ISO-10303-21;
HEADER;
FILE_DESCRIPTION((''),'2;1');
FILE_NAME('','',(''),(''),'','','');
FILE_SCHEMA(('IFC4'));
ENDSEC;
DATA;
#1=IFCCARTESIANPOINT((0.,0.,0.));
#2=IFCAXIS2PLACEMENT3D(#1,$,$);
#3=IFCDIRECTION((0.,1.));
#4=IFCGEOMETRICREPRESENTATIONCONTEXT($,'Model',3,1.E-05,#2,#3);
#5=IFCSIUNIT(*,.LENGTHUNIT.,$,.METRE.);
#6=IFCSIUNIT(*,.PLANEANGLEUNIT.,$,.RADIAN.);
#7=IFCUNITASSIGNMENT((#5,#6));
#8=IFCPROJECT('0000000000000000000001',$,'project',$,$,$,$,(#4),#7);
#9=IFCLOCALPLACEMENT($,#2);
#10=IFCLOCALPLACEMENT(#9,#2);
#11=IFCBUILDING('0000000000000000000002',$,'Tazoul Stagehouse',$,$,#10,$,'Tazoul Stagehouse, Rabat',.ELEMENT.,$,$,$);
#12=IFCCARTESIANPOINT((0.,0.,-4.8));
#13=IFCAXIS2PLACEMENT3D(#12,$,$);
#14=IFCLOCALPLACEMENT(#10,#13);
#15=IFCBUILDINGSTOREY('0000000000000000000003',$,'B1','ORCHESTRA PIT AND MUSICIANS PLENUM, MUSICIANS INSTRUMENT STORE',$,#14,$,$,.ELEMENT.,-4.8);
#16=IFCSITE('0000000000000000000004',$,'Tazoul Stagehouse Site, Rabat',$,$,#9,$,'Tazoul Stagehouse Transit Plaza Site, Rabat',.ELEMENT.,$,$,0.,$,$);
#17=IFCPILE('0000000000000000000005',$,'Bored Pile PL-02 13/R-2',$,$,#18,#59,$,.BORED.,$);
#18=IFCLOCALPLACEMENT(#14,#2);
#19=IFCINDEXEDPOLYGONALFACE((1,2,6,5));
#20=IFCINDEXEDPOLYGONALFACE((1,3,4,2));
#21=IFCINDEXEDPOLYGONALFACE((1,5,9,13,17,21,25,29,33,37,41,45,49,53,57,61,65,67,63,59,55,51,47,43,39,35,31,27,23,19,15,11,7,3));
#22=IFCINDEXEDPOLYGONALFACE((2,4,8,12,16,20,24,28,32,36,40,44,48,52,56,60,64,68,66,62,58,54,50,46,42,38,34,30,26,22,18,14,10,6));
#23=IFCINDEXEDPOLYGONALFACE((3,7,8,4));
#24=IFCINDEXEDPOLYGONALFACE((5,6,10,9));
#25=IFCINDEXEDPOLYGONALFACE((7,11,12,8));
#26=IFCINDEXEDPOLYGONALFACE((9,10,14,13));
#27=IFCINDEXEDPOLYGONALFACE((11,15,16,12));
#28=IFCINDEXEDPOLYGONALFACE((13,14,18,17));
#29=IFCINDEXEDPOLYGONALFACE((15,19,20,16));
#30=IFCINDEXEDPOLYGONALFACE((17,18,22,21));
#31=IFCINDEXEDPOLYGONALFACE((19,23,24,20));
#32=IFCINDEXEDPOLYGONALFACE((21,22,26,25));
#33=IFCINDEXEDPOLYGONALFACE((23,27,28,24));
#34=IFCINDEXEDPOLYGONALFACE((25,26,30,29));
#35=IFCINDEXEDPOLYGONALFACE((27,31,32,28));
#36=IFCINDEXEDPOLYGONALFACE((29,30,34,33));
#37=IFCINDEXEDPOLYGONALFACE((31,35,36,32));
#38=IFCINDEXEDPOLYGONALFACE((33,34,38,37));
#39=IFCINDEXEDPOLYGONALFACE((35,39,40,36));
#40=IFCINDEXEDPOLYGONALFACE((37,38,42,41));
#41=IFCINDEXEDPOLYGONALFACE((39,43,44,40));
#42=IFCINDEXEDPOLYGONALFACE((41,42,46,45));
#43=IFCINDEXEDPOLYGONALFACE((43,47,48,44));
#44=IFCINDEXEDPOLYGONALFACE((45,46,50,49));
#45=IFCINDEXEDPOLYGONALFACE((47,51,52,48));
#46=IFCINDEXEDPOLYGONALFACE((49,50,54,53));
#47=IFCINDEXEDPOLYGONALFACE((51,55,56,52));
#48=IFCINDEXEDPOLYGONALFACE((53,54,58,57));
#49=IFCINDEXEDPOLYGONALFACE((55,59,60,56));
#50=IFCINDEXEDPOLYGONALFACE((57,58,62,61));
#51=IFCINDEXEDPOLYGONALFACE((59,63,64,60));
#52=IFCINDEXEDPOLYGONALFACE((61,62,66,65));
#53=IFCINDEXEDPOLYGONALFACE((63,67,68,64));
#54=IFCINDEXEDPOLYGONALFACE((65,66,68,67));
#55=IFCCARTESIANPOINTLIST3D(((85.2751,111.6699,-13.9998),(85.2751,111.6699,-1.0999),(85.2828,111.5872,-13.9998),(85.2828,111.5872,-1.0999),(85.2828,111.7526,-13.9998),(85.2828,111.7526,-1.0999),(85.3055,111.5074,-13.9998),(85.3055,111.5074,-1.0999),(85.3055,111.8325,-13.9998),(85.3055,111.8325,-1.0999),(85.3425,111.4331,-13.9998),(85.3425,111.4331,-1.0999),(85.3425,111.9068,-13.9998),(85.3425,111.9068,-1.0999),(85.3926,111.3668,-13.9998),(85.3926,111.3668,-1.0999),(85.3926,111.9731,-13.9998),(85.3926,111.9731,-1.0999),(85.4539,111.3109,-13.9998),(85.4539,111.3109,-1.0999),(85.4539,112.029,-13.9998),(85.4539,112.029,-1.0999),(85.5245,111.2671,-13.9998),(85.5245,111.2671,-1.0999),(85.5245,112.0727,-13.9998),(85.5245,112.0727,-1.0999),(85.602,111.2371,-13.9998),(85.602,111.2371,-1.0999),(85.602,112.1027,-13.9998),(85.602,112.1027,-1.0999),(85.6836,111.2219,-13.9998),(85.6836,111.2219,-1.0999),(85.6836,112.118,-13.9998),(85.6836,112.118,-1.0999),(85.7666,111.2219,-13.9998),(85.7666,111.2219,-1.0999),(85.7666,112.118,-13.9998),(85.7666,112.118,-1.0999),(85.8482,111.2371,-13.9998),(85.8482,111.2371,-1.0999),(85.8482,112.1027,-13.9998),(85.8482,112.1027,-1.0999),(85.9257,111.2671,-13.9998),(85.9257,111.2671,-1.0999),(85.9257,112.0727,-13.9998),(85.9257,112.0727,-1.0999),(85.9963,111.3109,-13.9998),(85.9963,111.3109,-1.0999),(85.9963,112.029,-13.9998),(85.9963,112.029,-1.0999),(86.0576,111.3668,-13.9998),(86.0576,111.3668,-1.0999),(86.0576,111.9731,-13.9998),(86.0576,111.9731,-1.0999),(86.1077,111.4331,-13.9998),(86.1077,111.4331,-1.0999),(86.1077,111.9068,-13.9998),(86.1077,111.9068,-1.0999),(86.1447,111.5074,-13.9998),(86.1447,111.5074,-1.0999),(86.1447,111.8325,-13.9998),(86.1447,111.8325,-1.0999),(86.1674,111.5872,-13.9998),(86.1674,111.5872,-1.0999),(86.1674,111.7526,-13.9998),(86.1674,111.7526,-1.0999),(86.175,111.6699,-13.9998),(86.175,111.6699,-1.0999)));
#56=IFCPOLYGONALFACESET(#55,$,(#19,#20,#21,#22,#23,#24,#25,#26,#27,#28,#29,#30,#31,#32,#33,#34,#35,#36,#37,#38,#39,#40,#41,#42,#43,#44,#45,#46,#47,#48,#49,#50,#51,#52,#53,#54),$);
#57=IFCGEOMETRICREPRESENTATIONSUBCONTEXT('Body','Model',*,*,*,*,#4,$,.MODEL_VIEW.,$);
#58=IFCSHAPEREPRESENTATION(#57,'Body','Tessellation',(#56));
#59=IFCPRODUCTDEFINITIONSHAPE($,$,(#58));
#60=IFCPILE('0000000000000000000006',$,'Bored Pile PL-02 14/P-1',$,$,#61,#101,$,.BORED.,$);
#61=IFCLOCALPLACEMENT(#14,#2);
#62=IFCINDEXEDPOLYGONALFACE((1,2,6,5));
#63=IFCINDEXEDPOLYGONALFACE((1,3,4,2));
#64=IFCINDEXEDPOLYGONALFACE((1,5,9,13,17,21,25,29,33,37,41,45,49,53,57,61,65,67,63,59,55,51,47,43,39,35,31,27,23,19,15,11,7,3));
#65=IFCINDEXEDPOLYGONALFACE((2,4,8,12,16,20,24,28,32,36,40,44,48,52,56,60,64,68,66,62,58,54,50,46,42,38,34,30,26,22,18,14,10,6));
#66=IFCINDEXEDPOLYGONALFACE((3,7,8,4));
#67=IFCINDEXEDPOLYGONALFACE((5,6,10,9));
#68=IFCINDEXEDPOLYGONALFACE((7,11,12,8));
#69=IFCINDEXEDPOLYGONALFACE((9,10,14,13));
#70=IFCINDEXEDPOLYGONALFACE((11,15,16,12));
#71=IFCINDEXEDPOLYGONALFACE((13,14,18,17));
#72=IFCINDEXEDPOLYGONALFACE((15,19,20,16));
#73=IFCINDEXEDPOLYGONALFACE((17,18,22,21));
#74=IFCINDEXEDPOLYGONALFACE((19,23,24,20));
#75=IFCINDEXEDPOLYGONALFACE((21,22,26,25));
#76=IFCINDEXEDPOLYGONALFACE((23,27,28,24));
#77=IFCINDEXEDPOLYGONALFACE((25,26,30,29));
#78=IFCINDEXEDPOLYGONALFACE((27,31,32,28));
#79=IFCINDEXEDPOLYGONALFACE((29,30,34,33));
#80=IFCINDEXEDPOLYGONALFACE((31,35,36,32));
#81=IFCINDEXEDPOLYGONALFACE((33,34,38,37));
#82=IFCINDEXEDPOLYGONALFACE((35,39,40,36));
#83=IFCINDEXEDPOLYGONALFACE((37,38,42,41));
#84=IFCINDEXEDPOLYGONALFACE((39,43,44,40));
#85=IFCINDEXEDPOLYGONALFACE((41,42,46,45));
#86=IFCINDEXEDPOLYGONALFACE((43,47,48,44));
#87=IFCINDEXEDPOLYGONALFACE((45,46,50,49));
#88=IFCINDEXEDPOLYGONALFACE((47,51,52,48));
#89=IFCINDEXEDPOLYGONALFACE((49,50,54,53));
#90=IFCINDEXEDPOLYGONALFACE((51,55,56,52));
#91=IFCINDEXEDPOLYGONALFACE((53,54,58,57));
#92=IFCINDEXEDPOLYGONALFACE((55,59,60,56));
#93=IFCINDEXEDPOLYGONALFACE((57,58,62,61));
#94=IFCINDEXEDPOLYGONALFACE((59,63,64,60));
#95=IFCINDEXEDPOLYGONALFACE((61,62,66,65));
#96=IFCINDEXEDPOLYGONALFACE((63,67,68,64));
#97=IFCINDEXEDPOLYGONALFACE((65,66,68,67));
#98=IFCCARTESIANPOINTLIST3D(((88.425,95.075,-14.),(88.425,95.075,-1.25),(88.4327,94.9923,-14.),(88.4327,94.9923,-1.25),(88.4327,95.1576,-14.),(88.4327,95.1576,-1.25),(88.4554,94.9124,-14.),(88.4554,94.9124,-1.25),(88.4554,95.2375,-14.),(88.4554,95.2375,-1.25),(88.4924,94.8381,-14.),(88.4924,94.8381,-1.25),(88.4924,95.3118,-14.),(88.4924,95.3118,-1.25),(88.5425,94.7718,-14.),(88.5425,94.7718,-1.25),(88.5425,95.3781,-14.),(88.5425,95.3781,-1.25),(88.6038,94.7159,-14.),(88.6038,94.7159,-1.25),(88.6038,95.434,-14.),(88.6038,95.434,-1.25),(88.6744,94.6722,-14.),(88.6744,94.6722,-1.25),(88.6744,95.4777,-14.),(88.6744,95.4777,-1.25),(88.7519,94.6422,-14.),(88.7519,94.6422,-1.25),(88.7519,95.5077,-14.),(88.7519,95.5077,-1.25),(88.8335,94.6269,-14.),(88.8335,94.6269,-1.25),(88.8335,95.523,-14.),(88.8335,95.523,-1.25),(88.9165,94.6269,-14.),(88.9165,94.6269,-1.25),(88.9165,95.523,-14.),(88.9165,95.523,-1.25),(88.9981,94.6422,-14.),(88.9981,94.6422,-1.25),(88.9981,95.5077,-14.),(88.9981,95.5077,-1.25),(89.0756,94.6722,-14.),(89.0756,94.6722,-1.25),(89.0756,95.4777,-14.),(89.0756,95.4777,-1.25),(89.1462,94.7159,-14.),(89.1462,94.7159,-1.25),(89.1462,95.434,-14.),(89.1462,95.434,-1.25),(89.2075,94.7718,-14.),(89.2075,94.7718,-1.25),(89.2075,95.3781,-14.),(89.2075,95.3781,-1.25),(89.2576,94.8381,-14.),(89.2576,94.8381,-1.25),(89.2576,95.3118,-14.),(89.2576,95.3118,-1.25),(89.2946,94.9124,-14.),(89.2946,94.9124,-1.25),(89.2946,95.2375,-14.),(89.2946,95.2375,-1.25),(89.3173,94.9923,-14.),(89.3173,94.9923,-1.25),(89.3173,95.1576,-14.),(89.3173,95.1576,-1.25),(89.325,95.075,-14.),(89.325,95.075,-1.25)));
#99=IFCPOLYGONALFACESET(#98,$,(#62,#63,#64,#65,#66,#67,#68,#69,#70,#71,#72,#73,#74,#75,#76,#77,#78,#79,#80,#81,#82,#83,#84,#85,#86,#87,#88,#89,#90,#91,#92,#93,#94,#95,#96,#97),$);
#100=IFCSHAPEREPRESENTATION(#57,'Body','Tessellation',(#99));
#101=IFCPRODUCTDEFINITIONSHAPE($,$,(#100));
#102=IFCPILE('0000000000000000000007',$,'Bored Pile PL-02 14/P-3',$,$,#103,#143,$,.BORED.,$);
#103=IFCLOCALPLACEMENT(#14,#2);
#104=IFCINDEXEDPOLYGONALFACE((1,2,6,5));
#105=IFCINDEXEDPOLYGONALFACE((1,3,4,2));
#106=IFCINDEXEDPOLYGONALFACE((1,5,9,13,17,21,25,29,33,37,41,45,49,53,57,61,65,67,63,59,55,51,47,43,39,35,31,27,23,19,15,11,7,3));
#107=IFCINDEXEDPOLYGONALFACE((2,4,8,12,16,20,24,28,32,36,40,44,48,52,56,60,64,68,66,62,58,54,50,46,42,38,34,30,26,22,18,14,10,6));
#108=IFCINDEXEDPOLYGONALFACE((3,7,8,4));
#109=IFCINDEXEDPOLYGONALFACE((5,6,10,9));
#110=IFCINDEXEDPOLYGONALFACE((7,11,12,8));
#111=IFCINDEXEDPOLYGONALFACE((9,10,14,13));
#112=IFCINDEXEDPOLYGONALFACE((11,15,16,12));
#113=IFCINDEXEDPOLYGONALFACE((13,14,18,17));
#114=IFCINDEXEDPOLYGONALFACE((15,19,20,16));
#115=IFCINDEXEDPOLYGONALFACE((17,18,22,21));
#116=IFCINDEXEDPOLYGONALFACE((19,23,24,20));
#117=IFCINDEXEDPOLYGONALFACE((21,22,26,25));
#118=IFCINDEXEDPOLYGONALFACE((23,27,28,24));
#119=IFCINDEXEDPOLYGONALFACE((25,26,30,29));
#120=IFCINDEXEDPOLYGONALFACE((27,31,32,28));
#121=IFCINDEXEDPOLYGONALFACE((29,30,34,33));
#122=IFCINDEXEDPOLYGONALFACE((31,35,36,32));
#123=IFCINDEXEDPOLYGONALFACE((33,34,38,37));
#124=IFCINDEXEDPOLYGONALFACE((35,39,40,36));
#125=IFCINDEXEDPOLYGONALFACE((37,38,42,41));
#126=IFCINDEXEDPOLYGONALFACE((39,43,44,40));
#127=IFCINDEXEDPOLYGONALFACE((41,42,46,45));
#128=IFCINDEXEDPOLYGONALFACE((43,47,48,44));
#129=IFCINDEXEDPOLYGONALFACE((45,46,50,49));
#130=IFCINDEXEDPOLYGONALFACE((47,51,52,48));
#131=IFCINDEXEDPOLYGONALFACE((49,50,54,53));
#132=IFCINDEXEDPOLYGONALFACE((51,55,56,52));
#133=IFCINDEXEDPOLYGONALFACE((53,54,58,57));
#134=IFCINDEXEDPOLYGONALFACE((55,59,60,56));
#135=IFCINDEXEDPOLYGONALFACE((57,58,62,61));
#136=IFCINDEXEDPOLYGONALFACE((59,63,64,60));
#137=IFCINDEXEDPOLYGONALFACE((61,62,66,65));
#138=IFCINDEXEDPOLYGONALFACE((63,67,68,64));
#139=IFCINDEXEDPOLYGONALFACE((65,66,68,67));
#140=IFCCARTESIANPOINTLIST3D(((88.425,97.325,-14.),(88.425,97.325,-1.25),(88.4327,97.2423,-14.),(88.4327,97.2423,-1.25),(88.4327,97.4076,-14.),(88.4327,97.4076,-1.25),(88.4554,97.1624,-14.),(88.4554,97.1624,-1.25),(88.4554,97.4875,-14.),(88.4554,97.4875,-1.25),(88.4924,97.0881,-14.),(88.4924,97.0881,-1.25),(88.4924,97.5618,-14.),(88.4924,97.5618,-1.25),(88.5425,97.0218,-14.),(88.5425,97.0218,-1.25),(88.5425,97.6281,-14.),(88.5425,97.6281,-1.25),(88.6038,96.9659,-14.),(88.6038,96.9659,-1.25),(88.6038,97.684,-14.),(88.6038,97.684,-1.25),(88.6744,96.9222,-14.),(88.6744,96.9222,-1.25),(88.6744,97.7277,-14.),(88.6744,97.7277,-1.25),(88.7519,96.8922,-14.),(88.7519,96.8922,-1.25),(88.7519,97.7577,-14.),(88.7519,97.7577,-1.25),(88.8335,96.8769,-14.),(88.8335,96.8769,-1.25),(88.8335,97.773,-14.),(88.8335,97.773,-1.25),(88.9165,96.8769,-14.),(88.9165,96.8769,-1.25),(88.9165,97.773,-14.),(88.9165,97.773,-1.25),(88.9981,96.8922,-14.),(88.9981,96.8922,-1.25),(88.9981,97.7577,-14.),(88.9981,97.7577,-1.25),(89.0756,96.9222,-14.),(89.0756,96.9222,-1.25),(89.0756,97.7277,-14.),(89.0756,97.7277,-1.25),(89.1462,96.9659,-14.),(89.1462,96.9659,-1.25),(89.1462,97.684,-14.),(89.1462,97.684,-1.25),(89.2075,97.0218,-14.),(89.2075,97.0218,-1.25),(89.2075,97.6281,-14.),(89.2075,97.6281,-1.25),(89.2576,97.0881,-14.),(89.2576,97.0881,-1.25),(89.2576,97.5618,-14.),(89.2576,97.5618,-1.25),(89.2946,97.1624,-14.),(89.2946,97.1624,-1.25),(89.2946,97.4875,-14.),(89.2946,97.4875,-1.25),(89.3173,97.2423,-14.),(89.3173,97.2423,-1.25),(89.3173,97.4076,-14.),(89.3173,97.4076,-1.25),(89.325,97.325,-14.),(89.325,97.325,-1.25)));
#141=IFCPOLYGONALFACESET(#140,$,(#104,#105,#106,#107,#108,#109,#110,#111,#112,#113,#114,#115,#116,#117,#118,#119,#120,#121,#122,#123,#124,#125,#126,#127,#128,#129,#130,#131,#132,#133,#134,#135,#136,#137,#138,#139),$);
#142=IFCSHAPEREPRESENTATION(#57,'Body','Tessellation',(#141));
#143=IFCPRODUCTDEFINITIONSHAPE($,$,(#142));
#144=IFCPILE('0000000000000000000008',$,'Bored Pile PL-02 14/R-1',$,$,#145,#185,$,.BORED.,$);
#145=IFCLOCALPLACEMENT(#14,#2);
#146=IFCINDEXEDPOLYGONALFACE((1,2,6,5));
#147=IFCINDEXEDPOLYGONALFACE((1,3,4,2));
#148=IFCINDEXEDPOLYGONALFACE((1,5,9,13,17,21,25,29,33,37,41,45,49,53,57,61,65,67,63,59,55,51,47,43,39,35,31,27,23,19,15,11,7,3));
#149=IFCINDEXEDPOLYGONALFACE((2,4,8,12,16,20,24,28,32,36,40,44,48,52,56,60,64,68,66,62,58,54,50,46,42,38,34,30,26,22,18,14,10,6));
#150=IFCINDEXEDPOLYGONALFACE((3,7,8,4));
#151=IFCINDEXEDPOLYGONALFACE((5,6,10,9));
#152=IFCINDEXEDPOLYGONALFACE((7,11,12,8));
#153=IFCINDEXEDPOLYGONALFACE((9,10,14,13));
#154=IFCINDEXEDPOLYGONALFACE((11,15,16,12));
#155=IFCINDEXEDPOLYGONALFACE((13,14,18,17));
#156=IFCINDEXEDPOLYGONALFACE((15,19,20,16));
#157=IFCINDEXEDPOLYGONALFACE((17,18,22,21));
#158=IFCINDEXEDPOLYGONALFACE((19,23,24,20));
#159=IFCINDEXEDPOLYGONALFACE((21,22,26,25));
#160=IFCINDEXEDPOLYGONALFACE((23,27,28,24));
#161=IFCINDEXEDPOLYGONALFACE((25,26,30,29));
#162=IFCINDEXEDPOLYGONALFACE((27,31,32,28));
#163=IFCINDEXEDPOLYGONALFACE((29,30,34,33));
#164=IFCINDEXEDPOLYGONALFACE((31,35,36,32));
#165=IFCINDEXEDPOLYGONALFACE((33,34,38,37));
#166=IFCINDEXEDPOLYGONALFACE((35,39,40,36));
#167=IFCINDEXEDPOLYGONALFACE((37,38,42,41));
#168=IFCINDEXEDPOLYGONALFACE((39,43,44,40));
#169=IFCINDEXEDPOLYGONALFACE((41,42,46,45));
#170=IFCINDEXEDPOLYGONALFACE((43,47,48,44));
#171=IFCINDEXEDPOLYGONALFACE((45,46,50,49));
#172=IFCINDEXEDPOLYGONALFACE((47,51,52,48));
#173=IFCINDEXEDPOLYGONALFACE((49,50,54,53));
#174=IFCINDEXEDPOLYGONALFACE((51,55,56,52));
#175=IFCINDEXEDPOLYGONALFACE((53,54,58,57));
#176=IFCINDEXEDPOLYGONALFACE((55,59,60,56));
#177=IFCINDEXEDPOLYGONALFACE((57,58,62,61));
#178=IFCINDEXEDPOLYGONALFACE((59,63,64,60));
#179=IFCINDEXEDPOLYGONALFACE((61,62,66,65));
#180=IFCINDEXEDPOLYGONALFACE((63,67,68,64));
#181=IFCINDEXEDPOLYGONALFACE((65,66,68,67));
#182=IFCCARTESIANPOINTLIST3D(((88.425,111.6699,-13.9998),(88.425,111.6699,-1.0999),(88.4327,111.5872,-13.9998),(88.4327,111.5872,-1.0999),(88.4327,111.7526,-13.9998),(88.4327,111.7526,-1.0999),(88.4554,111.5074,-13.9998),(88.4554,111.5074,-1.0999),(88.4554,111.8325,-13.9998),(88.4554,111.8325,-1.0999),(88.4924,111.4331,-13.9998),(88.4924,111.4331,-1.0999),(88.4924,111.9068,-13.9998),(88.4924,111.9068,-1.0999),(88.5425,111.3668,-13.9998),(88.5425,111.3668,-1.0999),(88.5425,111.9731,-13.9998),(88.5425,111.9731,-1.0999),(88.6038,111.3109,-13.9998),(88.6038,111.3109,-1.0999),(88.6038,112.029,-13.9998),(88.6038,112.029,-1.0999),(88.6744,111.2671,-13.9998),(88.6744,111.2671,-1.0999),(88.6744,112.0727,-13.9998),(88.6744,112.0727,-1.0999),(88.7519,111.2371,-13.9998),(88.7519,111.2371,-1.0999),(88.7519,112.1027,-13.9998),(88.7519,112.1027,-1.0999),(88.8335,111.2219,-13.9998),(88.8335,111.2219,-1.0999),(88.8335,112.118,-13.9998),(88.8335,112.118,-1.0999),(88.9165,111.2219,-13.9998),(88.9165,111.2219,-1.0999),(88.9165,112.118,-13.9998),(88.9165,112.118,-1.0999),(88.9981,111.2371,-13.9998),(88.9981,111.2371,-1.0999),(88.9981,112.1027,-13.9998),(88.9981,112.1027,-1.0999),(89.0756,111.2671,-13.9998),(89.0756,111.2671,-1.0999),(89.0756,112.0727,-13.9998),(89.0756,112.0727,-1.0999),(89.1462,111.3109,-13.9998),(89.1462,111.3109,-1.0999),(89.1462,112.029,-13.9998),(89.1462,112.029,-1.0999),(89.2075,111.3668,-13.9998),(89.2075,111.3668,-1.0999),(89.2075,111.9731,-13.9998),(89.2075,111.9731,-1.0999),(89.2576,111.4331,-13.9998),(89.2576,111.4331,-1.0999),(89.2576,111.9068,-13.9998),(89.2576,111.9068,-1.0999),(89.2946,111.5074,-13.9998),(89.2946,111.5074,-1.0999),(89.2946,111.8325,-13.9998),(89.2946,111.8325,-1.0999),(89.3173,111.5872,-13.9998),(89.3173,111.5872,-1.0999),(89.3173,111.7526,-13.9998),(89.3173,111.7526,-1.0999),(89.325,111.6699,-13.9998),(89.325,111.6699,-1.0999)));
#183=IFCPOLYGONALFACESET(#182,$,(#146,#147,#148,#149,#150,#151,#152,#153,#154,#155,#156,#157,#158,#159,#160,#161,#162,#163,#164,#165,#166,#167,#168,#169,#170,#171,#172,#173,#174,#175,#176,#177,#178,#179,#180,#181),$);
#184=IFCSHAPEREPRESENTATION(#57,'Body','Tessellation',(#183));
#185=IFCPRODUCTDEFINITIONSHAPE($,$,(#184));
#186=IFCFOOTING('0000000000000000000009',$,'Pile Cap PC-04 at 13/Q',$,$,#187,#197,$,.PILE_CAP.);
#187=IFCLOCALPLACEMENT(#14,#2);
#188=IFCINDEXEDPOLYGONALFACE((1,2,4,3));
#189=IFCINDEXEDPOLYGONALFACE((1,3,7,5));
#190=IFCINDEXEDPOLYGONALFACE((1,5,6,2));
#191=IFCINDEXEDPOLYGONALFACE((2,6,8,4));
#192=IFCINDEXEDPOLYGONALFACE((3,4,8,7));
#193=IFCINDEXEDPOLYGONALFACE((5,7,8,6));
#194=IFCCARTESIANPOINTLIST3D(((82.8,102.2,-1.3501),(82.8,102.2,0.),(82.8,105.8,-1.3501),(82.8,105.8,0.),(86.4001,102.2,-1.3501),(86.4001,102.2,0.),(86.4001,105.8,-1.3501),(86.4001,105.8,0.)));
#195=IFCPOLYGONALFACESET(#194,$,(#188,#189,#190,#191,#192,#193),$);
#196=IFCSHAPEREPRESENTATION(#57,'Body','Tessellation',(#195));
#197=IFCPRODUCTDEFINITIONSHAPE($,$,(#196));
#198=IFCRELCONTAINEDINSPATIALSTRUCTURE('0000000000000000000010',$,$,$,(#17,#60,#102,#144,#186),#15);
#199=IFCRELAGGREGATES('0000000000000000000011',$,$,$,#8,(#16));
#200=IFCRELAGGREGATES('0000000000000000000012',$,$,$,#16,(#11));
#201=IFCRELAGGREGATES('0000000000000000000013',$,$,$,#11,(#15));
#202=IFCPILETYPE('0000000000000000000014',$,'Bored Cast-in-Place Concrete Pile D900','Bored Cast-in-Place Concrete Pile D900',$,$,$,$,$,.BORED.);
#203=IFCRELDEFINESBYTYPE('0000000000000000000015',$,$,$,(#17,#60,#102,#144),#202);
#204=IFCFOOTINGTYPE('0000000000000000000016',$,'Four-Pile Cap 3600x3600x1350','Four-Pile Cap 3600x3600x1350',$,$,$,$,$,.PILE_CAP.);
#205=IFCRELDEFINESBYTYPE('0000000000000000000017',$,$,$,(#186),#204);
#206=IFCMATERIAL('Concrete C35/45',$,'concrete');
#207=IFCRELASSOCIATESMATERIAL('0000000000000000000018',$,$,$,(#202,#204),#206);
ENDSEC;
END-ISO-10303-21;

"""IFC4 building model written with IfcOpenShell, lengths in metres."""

from ifc_helpers import new_model, si_unit, direction, frame, origin, origin_2d, place, context, subcontext, project, spatial, rectangle, circle, extrude, material, material_profile, profile_set, type_object, element, save


model = new_model("IFC4")

# Units and contexts
model_context = context("Model", 3, precision=1e-05, world=origin(), true_north=direction((0.0, 1.0)))
body_context = subcontext(model_context, "Body", "Model", "MODEL_VIEW")
ifc_project = project(units=[si_unit("LENGTHUNIT", "METRE"), si_unit("PLANEANGLEUNIT", "RADIAN")], contexts=[model_context])

# Site, building, storey
site_placement = place(None, origin())
site = spatial("IfcSite", under=ifc_project, at=site_placement, Name="Tazoul Stagehouse Site, Rabat", LongName="Tazoul Stagehouse Transit Plaza Site, Rabat", CompositionType="ELEMENT", RefElevation=0.0)
building_placement = place(site_placement, origin())
building = spatial("IfcBuilding", under=site, at=building_placement, Name="Tazoul Stagehouse", LongName="Tazoul Stagehouse, Rabat", CompositionType="ELEMENT")
storey_placement = place(building_placement, frame((0.0, 0.0, -4.8)))
storey = spatial("IfcBuildingStorey", under=building, at=storey_placement, Name="B1", Description="ORCHESTRA PIT AND MUSICIANS PLENUM, MUSICIANS INSTRUMENT STORE", CompositionType="ELEMENT", Elevation=-4.8)

# Piles
ifc_material_1 = material(Name="Concrete C35/45", Category="concrete")
ifc_material_profile_1 = material_profile(ifc_material_1, circle(Radius=0.45, at=origin_2d()), Name="BORED PILE 900")
ifc_profile_set_1 = profile_set([ifc_material_profile_1], Name="Concrete C35/45")
pile_type = type_object("IfcPileType", Name="Bored Cast-in-Place Concrete Pile D900", Description="Bored Cast-in-Place Concrete Pile D900", PredefinedType="BORED", material=ifc_profile_set_1)
for number, where, z_axis, x_axis, name in (
    (1, (85.7251, 111.6699, -1.0999), (0.0, 0.0, -1.0), (1.0, 0.0, 0.0), "Bored Pile PL-02 13/R-2"),
):
    element("IfcPile", number, at=place(storey_placement, frame(where, z_axis=z_axis, x_axis=x_axis)), inside=storey, type_object=pile_type, Name=name, PredefinedType="BORED", context=body_context, shape_type="SweptSolid", body=[
        extrude(circle(Radius=0.45, at=origin_2d()), origin(), (0.0, 0.0, 1.0), 12.8999),
    ])
for number, where, z_axis, x_axis, name in (
    (2, (88.875, 95.075, -1.25), (0.0, 0.0, -1.0), (1.0, 0.0, 0.0), "Bored Pile PL-02 14/P-1"),
    (3, (88.875, 97.325, -1.25), (0.0, 0.0, -1.0), (1.0, 0.0, 0.0), "Bored Pile PL-02 14/P-3"),
):
    element("IfcPile", number, at=place(storey_placement, frame(where, z_axis=z_axis, x_axis=x_axis)), inside=storey, type_object=pile_type, Name=name, PredefinedType="BORED", context=body_context, shape_type="SweptSolid", body=[
        extrude(circle(Radius=0.45, at=origin_2d()), origin(), (0.0, 0.0, 1.0), 12.75),
    ])
pile_1_placement = place(storey_placement, frame((88.875, 111.6699, -1.0999), z_axis=(0.0, 0.0, -1.0), x_axis=(1.0, 0.0, 0.0)))
element("IfcPile", 4, at=pile_1_placement, inside=storey, type_object=pile_type, Name="Bored Pile PL-02 14/R-1", PredefinedType="BORED", context=body_context, shape_type="SweptSolid", body=[
    extrude(circle(Radius=0.45, at=origin_2d()), origin(), (0.0, 0.0, 1.0), 12.8999),
])

# Footing
footing_type_1 = type_object("IfcFootingType", Name="Four-Pile Cap 3600x3600x1350", Description="Four-Pile Cap 3600x3600x1350", PredefinedType="PILE_CAP", material=ifc_material_1)
footing_placement = place(storey_placement, frame((84.6001, 104.0, -1.3501), z_axis=(0.0, 0.0, 1.0), x_axis=(1.0, 0.0, 0.0)))
element("IfcFooting", 5, at=footing_placement, inside=storey, type_object=footing_type_1, Name="Pile Cap PC-04 at 13/Q", PredefinedType="PILE_CAP", context=body_context, shape_type="SweptSolid", body=[
    extrude(rectangle(XDim=3.6001, YDim=3.6001, at=origin_2d()), origin(), (0.0, 0.0, 1.0), 1.3501),
])

save(model, "model.ifc")
